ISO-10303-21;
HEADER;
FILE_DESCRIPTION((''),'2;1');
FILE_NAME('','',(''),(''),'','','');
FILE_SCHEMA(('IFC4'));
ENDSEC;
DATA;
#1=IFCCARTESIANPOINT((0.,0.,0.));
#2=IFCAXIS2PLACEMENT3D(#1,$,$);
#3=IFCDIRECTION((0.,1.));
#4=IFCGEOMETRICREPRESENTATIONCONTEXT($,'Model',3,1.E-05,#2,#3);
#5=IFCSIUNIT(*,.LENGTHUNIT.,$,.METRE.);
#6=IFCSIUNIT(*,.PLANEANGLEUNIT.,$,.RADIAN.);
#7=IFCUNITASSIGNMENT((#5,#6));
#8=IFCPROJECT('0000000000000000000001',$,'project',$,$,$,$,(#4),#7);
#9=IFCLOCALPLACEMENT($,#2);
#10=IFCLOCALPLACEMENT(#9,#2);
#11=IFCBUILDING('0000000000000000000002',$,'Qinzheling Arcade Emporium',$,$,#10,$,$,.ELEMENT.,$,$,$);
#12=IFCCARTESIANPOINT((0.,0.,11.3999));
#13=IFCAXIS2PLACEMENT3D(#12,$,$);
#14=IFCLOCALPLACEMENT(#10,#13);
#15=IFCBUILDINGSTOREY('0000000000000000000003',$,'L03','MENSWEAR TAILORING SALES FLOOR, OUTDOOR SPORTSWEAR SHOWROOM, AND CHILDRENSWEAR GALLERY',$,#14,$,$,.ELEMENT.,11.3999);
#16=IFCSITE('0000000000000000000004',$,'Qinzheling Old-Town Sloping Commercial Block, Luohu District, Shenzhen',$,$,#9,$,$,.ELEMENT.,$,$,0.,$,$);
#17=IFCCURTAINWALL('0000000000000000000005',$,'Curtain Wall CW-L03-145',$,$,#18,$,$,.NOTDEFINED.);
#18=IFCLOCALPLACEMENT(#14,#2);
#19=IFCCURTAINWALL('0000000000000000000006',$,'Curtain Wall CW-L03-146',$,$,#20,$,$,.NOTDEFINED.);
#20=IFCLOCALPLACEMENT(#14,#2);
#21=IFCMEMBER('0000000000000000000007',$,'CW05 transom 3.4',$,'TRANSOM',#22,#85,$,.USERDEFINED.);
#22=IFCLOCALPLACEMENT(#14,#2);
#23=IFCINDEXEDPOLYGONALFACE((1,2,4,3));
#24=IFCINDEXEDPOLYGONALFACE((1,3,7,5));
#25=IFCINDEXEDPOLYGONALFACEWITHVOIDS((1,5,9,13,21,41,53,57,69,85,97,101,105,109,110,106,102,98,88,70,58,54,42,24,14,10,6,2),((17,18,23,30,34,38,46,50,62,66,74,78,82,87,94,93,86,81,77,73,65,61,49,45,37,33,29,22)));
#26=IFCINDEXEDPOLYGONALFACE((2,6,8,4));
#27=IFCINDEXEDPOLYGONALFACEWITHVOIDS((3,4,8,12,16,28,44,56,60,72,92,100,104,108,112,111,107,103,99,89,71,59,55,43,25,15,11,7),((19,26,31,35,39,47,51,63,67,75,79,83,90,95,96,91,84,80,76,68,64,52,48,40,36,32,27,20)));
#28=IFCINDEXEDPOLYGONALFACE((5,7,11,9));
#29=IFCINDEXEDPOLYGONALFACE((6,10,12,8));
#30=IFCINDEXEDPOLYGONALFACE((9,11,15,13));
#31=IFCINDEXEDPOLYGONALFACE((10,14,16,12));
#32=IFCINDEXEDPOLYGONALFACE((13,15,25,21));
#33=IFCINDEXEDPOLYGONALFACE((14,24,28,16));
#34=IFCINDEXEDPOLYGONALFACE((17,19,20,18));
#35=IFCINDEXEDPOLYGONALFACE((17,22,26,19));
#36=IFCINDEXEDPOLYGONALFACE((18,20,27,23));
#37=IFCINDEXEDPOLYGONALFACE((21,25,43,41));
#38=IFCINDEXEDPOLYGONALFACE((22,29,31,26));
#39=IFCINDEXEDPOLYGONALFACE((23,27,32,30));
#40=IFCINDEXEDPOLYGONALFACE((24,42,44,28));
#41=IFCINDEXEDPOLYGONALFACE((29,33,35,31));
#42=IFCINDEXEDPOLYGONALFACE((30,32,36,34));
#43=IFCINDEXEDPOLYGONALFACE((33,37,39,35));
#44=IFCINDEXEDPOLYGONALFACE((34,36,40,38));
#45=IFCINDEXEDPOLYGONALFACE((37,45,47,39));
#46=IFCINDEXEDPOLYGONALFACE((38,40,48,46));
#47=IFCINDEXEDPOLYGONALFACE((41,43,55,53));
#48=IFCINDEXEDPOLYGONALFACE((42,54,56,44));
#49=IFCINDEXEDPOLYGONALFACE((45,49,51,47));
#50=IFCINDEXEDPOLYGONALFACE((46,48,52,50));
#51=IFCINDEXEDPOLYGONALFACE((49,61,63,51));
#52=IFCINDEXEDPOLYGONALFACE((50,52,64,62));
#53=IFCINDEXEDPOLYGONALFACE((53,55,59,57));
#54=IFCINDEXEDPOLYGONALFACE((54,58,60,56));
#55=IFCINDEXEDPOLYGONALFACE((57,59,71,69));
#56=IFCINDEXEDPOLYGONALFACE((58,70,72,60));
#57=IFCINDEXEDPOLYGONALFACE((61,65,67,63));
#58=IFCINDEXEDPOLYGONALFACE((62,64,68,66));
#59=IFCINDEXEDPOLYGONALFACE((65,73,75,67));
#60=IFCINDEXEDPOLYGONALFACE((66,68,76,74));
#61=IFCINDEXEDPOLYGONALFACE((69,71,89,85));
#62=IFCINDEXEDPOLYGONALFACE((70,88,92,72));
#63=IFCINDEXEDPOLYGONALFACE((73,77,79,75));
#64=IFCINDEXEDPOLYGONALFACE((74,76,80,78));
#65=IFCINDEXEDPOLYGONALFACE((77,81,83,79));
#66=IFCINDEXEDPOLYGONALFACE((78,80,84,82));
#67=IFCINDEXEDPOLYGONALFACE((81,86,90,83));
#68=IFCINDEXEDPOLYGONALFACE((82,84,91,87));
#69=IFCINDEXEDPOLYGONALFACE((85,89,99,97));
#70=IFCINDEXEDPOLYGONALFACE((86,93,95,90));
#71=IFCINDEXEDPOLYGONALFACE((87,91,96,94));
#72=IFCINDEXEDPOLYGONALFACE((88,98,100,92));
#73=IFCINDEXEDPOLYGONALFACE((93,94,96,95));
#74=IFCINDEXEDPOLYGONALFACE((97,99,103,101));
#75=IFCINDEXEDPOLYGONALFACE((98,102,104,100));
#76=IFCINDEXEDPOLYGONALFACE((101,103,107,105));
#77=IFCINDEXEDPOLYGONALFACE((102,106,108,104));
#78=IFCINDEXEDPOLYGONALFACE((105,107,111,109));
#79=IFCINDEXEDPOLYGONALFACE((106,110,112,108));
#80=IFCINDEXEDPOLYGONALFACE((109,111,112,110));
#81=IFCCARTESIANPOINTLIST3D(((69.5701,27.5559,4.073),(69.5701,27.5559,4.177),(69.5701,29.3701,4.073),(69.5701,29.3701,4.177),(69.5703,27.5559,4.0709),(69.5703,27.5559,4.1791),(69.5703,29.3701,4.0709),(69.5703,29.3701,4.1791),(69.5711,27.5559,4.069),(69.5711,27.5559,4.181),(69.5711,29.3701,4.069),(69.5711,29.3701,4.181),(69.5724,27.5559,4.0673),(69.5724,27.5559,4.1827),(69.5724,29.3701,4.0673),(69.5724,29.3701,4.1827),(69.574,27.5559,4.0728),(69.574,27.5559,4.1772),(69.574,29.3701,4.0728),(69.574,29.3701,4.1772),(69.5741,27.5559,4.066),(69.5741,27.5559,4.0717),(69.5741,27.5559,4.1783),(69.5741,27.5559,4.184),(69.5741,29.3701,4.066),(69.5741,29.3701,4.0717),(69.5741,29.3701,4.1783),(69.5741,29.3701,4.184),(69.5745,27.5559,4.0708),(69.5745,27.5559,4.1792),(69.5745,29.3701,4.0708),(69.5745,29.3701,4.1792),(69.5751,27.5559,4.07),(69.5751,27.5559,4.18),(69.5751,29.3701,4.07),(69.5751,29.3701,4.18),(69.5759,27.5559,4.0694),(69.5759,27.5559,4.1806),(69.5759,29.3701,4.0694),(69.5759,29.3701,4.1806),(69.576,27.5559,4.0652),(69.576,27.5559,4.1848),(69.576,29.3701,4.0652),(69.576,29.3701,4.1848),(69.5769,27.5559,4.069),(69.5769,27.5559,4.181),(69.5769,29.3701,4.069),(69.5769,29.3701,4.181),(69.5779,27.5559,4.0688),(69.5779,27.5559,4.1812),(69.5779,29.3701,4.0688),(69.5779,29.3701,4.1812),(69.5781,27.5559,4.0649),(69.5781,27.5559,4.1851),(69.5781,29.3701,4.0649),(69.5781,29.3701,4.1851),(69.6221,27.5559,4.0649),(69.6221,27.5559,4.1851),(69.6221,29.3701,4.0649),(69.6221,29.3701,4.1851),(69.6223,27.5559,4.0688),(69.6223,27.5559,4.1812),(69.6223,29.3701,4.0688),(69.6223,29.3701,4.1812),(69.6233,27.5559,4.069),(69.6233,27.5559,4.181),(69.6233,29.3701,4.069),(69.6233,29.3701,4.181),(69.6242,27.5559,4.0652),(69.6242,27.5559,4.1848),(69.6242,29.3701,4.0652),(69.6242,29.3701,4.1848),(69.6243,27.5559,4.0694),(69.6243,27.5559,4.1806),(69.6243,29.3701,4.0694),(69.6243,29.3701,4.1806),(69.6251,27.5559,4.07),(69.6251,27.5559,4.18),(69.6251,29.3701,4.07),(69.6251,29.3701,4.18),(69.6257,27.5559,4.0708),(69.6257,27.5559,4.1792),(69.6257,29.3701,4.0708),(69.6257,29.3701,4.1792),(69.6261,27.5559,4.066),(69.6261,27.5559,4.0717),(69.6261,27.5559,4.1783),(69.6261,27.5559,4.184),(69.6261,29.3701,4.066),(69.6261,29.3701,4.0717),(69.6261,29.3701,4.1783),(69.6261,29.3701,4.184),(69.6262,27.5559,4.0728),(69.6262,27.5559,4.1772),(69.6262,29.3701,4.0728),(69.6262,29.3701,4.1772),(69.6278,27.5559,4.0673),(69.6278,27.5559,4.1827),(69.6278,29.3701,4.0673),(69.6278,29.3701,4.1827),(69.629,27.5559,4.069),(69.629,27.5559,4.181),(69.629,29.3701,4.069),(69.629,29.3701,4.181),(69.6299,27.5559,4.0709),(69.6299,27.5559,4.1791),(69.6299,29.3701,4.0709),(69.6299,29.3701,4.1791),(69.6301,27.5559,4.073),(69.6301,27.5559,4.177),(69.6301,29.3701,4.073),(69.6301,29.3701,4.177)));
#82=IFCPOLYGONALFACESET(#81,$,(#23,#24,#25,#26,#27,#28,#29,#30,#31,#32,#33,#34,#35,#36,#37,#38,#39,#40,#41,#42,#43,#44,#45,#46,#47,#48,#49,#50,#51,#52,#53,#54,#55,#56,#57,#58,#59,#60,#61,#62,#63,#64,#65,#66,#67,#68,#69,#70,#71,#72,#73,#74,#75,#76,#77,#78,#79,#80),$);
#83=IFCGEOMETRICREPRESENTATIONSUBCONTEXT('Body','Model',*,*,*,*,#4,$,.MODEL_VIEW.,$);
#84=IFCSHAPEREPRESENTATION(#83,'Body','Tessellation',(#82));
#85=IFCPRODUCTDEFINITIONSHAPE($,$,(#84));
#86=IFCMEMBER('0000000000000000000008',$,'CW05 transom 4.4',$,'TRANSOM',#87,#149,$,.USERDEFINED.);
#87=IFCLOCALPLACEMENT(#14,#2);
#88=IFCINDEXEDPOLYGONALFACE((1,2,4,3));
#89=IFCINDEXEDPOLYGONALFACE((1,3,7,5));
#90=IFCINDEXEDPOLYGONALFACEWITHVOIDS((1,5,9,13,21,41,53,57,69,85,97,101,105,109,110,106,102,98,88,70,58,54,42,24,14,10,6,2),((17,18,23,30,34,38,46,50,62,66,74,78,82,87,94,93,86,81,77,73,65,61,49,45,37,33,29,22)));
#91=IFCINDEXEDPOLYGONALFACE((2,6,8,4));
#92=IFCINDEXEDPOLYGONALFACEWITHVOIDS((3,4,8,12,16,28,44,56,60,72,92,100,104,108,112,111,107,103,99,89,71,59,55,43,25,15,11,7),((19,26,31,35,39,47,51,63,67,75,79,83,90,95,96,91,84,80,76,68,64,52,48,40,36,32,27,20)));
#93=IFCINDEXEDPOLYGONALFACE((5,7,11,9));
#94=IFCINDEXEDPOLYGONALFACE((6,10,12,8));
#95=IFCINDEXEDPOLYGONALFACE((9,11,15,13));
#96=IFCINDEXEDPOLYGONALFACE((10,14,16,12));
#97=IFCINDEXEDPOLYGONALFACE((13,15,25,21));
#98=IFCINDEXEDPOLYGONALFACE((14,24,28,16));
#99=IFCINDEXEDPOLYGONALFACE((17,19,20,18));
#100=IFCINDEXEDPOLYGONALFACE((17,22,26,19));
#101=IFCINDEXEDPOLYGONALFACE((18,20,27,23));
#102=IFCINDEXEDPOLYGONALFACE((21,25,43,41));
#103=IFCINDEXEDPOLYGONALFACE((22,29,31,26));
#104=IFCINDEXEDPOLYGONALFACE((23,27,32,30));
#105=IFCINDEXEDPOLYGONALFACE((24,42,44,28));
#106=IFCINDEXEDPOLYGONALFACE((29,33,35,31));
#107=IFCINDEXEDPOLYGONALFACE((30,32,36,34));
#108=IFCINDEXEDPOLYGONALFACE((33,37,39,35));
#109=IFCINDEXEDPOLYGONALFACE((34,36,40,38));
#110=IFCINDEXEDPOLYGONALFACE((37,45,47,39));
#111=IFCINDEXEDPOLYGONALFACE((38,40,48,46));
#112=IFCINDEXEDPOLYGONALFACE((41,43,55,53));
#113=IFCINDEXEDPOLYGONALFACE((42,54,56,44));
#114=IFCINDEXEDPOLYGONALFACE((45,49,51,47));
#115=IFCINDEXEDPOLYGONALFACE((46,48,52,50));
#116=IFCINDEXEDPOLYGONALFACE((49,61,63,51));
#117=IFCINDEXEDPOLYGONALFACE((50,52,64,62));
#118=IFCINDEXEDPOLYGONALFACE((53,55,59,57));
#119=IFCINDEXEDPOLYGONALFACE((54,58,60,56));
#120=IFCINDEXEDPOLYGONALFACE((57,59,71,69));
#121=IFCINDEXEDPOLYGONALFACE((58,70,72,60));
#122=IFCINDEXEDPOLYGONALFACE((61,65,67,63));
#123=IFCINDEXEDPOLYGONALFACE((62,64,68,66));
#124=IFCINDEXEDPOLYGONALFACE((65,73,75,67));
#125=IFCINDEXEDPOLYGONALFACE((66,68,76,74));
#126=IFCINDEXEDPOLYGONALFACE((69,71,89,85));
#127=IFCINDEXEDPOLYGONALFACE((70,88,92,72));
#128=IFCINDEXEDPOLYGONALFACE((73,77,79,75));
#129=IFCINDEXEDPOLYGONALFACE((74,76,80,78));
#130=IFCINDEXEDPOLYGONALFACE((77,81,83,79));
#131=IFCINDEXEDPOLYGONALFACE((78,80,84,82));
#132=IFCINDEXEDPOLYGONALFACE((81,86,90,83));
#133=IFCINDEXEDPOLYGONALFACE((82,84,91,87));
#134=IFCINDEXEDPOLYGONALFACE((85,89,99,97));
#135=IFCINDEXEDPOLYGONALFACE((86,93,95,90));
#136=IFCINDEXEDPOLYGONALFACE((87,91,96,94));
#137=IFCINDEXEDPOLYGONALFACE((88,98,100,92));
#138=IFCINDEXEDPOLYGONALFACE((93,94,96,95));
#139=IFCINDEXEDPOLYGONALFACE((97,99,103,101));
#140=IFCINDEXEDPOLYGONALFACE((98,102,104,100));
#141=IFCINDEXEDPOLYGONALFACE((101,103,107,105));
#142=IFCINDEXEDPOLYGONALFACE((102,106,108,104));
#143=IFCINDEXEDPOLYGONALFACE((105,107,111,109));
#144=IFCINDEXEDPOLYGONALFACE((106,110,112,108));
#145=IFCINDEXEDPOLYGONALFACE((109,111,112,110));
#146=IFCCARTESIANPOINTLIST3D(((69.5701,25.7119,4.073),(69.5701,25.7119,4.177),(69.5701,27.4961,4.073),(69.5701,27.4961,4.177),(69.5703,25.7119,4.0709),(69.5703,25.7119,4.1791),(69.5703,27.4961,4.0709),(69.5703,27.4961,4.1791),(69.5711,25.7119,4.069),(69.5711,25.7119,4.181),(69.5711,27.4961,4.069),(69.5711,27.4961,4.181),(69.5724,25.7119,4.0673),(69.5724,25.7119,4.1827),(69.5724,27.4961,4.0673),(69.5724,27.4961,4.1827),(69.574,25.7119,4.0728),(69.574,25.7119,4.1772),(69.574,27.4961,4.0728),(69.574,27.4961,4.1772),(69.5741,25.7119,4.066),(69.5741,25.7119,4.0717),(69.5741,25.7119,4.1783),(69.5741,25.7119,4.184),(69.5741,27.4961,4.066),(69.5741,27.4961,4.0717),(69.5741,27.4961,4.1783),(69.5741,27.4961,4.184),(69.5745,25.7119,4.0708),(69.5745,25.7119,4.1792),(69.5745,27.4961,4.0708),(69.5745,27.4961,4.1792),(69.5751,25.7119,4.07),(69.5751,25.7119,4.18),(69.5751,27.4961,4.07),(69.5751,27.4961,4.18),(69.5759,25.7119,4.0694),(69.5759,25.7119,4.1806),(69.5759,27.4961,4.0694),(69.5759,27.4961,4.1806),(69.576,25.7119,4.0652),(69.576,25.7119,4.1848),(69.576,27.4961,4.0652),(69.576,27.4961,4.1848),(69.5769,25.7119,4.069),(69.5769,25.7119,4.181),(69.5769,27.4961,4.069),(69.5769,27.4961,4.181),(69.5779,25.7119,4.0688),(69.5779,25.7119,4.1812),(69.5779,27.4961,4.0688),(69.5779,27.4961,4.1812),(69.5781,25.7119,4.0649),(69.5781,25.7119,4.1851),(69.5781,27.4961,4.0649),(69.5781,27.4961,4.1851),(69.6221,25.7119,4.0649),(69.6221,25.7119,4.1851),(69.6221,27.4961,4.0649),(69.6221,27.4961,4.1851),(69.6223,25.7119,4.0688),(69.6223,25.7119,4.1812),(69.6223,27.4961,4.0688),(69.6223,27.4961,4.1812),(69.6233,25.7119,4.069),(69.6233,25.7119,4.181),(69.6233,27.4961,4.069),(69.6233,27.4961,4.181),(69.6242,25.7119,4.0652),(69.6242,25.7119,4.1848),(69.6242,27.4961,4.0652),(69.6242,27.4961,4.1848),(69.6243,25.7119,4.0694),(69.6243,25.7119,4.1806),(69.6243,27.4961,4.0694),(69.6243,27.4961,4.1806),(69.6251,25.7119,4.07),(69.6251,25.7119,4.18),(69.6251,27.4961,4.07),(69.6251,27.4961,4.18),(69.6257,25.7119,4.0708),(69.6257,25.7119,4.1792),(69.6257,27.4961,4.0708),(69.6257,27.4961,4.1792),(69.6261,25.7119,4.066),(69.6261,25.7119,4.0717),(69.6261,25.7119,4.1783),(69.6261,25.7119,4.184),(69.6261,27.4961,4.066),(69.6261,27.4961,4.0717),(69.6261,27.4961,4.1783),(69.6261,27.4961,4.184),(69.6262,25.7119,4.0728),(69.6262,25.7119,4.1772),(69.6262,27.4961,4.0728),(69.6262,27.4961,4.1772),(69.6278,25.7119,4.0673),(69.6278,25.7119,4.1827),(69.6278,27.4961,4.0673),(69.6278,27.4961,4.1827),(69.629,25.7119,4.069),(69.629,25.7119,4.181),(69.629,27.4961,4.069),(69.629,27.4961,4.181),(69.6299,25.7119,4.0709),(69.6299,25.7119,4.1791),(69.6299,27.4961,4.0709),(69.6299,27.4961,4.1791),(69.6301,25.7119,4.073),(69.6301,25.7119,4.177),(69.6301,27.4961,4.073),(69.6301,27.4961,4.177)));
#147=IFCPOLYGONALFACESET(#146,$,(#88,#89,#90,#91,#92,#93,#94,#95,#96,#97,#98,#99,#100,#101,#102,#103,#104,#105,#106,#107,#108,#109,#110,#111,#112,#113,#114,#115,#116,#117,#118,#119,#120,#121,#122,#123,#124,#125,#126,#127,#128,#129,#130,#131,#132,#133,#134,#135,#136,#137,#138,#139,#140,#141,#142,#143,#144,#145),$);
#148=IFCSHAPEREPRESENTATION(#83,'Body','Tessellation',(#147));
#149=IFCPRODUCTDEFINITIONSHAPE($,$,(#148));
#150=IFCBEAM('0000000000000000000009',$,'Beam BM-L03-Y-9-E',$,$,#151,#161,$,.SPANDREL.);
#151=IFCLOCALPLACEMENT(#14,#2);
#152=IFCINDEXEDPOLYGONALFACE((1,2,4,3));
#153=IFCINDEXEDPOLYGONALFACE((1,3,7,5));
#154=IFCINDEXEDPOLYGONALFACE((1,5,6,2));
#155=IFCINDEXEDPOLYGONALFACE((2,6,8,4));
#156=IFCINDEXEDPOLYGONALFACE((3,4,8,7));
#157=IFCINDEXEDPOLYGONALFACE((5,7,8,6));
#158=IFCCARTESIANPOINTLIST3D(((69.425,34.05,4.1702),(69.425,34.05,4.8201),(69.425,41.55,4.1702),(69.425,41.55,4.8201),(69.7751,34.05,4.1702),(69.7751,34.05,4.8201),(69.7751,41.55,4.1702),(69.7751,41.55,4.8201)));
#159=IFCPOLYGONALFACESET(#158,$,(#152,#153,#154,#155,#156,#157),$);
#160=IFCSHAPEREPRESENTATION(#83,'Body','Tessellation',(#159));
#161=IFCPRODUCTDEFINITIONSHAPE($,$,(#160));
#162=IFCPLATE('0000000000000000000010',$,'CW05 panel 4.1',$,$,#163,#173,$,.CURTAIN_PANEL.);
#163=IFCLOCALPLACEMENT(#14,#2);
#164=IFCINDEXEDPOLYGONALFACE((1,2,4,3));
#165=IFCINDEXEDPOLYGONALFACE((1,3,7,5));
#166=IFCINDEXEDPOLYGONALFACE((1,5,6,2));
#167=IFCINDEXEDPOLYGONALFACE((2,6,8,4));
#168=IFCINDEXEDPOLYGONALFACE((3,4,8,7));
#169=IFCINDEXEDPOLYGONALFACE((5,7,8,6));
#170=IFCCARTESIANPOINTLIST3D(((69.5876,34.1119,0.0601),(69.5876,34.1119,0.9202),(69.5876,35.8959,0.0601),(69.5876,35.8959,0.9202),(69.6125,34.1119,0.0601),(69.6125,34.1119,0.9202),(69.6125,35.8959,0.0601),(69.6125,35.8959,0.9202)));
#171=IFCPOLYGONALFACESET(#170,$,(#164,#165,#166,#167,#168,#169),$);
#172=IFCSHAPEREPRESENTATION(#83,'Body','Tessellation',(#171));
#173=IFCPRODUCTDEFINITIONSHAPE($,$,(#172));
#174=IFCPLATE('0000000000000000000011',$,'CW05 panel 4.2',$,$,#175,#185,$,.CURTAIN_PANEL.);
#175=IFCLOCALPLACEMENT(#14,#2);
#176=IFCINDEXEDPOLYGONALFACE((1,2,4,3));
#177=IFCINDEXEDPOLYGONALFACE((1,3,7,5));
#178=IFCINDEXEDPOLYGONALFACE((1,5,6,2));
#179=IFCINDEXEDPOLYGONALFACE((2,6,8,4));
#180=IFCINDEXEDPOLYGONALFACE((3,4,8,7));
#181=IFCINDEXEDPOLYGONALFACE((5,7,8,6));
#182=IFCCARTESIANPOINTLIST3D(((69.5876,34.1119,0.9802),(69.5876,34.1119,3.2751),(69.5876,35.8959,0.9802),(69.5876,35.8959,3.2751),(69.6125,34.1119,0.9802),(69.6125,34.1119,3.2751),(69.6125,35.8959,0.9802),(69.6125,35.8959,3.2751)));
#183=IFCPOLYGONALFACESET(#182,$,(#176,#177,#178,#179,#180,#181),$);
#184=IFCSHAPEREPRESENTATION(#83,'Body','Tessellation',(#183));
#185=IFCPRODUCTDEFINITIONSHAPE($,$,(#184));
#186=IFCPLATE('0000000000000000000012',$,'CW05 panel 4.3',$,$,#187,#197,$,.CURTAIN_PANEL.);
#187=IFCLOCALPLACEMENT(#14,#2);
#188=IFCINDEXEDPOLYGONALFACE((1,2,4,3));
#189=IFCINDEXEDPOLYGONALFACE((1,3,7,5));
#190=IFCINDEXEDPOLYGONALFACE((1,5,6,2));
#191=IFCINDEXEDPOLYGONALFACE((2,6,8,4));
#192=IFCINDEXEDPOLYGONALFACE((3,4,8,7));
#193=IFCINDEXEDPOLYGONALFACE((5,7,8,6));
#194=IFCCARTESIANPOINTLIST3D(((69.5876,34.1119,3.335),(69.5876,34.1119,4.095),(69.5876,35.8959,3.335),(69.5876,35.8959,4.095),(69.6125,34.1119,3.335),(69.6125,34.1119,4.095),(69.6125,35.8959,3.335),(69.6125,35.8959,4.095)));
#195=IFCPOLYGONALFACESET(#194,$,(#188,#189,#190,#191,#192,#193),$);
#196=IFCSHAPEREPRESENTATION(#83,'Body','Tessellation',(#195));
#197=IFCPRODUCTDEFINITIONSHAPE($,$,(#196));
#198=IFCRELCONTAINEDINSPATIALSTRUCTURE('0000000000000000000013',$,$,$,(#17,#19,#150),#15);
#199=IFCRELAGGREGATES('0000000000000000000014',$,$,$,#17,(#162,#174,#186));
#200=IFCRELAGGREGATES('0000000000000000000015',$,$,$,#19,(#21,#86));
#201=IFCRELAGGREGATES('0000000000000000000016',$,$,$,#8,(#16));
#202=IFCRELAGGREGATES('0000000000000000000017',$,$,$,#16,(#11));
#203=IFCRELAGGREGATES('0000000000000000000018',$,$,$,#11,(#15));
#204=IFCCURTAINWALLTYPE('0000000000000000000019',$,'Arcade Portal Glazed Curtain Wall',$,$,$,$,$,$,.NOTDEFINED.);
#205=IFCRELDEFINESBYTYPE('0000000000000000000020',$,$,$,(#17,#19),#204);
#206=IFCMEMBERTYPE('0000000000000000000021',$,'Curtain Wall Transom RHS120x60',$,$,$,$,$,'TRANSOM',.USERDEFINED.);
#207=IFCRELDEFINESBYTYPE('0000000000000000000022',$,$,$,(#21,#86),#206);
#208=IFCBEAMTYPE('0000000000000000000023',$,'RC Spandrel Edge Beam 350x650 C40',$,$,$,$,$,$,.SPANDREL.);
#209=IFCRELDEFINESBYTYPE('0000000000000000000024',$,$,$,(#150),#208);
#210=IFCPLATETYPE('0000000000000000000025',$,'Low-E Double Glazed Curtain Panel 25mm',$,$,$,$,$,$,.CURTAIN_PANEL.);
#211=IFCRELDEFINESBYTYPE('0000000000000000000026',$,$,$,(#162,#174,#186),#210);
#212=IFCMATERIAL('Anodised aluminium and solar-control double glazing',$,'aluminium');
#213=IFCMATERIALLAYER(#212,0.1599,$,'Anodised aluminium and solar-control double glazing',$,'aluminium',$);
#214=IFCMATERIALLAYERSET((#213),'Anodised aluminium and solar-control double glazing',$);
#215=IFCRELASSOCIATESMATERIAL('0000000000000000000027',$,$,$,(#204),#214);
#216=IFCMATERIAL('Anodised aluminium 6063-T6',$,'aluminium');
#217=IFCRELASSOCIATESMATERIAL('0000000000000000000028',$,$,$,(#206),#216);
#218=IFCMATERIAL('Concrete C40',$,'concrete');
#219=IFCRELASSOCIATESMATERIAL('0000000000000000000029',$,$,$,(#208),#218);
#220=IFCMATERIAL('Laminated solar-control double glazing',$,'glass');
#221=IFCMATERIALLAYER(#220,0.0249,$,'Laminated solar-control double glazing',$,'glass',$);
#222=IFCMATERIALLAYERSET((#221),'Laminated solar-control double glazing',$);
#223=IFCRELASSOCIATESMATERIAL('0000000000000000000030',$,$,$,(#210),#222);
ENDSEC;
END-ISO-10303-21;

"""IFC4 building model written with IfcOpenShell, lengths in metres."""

from ifc_helpers import new_model, si_unit, direction, frame, origin, origin_2d, place, context, subcontext, project, spatial, rectangle, hollow_rectangle, extrude, material, layer, layer_set, material_profile, profile_set, type_object, element, aggregate, save


model = new_model("IFC4")

# Units and contexts
model_context = context("Model", 3, precision=1e-05, world=origin(), true_north=direction((0.0, 1.0)))
body_context = subcontext(model_context, "Body", "Model", "MODEL_VIEW")
ifc_project = project(units=[si_unit("LENGTHUNIT", "METRE"), si_unit("PLANEANGLEUNIT", "RADIAN")], contexts=[model_context])

# Site, building, storey
site_placement = place(None, origin())
site = spatial("IfcSite", under=ifc_project, at=site_placement, Name="Qinzheling Old-Town Sloping Commercial Block, Luohu District, Shenzhen", CompositionType="ELEMENT", RefElevation=0.0)
building_placement = place(site_placement, origin())
building = spatial("IfcBuilding", under=site, at=building_placement, Name="Qinzheling Arcade Emporium", CompositionType="ELEMENT")
storey_placement = place(building_placement, frame((0.0, 0.0, 11.3999)))
storey = spatial("IfcBuildingStorey", under=building, at=storey_placement, Name="L03", Description="MENSWEAR TAILORING SALES FLOOR, OUTDOOR SPORTSWEAR SHOWROOM, AND CHILDRENSWEAR GALLERY", CompositionType="ELEMENT", Elevation=11.3999)

# Curtain wall
ifc_material_1 = material(Name="Anodised aluminium and solar-control double glazing", Category="aluminium")
ifc_layer_1 = layer(ifc_material_1, 0.1599, Name="Anodised aluminium and solar-control double glazing", Category="aluminium")
ifc_layer_set_1 = layer_set([ifc_layer_1], Name="Anodised aluminium and solar-control double glazing")
curtain_wall_type = type_object("IfcCurtainWallType", Name="Arcade Portal Glazed Curtain Wall", PredefinedType="NOTDEFINED", material=ifc_layer_set_1)
curtain_wall_1_placement = place(storey_placement, origin())
curtain_wall_1 = element("IfcCurtainWall", 1, at=curtain_wall_1_placement, inside=storey, type_object=curtain_wall_type, Name="Curtain Wall CW-L03-145", PredefinedType="NOTDEFINED")
ifc_material_2 = material(Name="Anodised aluminium 6063-T6", Category="aluminium")

# Curtain wall, members
curtain_wall_2_placement = place(storey_placement, origin())
curtain_wall_2 = element("IfcCurtainWall", 2, at=curtain_wall_2_placement, inside=storey, type_object=curtain_wall_type, Name="Curtain Wall CW-L03-146", PredefinedType="NOTDEFINED")
ifc_material_profile_1 = material_profile(ifc_material_2, hollow_rectangle(XDim=0.0601, YDim=0.1201, WallThickness=0.0039, InnerFilletRadius=0.0039, OuterFilletRadius=0.0081, at=origin_2d()), Name="RHS 120x60x4", Category="aluminium")
ifc_profile_set_1 = profile_set([ifc_material_profile_1], Name="Anodised aluminium 6063-T6")
member_type_1 = type_object("IfcMemberType", Name="Curtain Wall Transom RHS120x60", ElementType="TRANSOM", PredefinedType="USERDEFINED", material=ifc_profile_set_1)
member_1_placement = place(storey_placement, frame((69.6001, 29.3701, 4.125), z_axis=(0.0, -1.0, 0.0), x_axis=(1.0, 0.0, 0.0)))
member_1 = element("IfcMember", 3, at=member_1_placement, type_object=member_type_1, Name="CW05 transom 3.4", ObjectType="TRANSOM", PredefinedType="USERDEFINED", context=body_context, shape_type="SweptSolid", body=[
    extrude(hollow_rectangle(XDim=0.0601, YDim=0.1201, WallThickness=0.0039, InnerFilletRadius=0.0039, OuterFilletRadius=0.0081, at=origin_2d()), origin(), (0.0, 0.0, 1.0), 1.8142),
])
member_2_placement = place(storey_placement, frame((69.6001, 27.4961, 4.125), z_axis=(0.0, -1.0, 0.0), x_axis=(1.0, 0.0, 0.0)))
member_2 = element("IfcMember", 4, at=member_2_placement, type_object=member_type_1, Name="CW05 transom 4.4", ObjectType="TRANSOM", PredefinedType="USERDEFINED", context=body_context, shape_type="SweptSolid", body=[
    extrude(hollow_rectangle(XDim=0.0601, YDim=0.1201, WallThickness=0.0039, InnerFilletRadius=0.0039, OuterFilletRadius=0.0081, at=origin_2d()), origin(), (0.0, 0.0, 1.0), 1.7842),
])

# Beam
ifc_material_3 = material(Name="Concrete C40", Category="concrete")
ifc_material_profile_2 = material_profile(ifc_material_3, rectangle(XDim=0.3501, YDim=0.6499, at=origin_2d()), Name="RC 350x650", Category="concrete")
ifc_profile_set_2 = profile_set([ifc_material_profile_2], Name="Concrete C40")
beam_type = type_object("IfcBeamType", Name="RC Spandrel Edge Beam 350x650 C40", PredefinedType="SPANDREL", material=ifc_profile_set_2)
beam_placement = place(storey_placement, frame((69.6001, 34.05, 4.4951), z_axis=(0.0, 1.0, 0.0), x_axis=(-1.0, 0.0, 0.0)))
element("IfcBeam", 5, at=beam_placement, inside=storey, type_object=beam_type, Name="Beam BM-L03-Y-9-E", PredefinedType="SPANDREL", context=body_context, shape_type="SweptSolid", body=[
    extrude(rectangle(XDim=0.3501, YDim=0.6499, at=origin_2d()), origin(), (0.0, 0.0, 1.0), 7.5),
])

# Plates
ifc_material_4 = material(Name="Laminated solar-control double glazing", Category="glass")
ifc_layer_2 = layer(ifc_material_4, 0.0249, Name="Laminated solar-control double glazing", Category="glass")
ifc_layer_set_2 = layer_set([ifc_layer_2], Name="Laminated solar-control double glazing")
plate_type_1 = type_object("IfcPlateType", Name="Low-E Double Glazed Curtain Panel 25mm", PredefinedType="CURTAIN_PANEL", material=ifc_layer_set_2)
plate_1_placement = place(storey_placement, frame((69.6001, 35.0039, 0.0601), z_axis=(0.0, 0.0, 1.0), x_axis=(0.0, -1.0, 0.0)))
plate_1 = element("IfcPlate", 6, at=plate_1_placement, type_object=plate_type_1, Name="CW05 panel 4.1", PredefinedType="CURTAIN_PANEL", context=body_context, shape_type="SweptSolid", body=[
    extrude(rectangle(XDim=1.7839, YDim=0.0249, at=origin_2d()), origin(), (0.0, 0.0, 1.0), 0.8601),
])
plate_2_placement = place(storey_placement, frame((69.6001, 35.0039, 0.9802), z_axis=(0.0, 0.0, 1.0), x_axis=(0.0, -1.0, 0.0)))
plate_2 = element("IfcPlate", 7, at=plate_2_placement, type_object=plate_type_1, Name="CW05 panel 4.2", PredefinedType="CURTAIN_PANEL", context=body_context, shape_type="SweptSolid", body=[
    extrude(rectangle(XDim=1.7839, YDim=0.0249, at=origin_2d()), origin(), (0.0, 0.0, 1.0), 2.2949),
])
plate_3_placement = place(storey_placement, frame((69.6001, 35.0039, 3.335), z_axis=(0.0, 0.0, 1.0), x_axis=(0.0, -1.0, 0.0)))
plate_3 = element("IfcPlate", 8, at=plate_3_placement, type_object=plate_type_1, Name="CW05 panel 4.3", PredefinedType="CURTAIN_PANEL", context=body_context, shape_type="SweptSolid", body=[
    extrude(rectangle(XDim=1.7839, YDim=0.0249, at=origin_2d()), origin(), (0.0, 0.0, 1.0), 0.76),
])
aggregate(curtain_wall_1, [plate_1, plate_2, plate_3])
aggregate(curtain_wall_2, [member_1, member_2])

save(model, "model.ifc")
